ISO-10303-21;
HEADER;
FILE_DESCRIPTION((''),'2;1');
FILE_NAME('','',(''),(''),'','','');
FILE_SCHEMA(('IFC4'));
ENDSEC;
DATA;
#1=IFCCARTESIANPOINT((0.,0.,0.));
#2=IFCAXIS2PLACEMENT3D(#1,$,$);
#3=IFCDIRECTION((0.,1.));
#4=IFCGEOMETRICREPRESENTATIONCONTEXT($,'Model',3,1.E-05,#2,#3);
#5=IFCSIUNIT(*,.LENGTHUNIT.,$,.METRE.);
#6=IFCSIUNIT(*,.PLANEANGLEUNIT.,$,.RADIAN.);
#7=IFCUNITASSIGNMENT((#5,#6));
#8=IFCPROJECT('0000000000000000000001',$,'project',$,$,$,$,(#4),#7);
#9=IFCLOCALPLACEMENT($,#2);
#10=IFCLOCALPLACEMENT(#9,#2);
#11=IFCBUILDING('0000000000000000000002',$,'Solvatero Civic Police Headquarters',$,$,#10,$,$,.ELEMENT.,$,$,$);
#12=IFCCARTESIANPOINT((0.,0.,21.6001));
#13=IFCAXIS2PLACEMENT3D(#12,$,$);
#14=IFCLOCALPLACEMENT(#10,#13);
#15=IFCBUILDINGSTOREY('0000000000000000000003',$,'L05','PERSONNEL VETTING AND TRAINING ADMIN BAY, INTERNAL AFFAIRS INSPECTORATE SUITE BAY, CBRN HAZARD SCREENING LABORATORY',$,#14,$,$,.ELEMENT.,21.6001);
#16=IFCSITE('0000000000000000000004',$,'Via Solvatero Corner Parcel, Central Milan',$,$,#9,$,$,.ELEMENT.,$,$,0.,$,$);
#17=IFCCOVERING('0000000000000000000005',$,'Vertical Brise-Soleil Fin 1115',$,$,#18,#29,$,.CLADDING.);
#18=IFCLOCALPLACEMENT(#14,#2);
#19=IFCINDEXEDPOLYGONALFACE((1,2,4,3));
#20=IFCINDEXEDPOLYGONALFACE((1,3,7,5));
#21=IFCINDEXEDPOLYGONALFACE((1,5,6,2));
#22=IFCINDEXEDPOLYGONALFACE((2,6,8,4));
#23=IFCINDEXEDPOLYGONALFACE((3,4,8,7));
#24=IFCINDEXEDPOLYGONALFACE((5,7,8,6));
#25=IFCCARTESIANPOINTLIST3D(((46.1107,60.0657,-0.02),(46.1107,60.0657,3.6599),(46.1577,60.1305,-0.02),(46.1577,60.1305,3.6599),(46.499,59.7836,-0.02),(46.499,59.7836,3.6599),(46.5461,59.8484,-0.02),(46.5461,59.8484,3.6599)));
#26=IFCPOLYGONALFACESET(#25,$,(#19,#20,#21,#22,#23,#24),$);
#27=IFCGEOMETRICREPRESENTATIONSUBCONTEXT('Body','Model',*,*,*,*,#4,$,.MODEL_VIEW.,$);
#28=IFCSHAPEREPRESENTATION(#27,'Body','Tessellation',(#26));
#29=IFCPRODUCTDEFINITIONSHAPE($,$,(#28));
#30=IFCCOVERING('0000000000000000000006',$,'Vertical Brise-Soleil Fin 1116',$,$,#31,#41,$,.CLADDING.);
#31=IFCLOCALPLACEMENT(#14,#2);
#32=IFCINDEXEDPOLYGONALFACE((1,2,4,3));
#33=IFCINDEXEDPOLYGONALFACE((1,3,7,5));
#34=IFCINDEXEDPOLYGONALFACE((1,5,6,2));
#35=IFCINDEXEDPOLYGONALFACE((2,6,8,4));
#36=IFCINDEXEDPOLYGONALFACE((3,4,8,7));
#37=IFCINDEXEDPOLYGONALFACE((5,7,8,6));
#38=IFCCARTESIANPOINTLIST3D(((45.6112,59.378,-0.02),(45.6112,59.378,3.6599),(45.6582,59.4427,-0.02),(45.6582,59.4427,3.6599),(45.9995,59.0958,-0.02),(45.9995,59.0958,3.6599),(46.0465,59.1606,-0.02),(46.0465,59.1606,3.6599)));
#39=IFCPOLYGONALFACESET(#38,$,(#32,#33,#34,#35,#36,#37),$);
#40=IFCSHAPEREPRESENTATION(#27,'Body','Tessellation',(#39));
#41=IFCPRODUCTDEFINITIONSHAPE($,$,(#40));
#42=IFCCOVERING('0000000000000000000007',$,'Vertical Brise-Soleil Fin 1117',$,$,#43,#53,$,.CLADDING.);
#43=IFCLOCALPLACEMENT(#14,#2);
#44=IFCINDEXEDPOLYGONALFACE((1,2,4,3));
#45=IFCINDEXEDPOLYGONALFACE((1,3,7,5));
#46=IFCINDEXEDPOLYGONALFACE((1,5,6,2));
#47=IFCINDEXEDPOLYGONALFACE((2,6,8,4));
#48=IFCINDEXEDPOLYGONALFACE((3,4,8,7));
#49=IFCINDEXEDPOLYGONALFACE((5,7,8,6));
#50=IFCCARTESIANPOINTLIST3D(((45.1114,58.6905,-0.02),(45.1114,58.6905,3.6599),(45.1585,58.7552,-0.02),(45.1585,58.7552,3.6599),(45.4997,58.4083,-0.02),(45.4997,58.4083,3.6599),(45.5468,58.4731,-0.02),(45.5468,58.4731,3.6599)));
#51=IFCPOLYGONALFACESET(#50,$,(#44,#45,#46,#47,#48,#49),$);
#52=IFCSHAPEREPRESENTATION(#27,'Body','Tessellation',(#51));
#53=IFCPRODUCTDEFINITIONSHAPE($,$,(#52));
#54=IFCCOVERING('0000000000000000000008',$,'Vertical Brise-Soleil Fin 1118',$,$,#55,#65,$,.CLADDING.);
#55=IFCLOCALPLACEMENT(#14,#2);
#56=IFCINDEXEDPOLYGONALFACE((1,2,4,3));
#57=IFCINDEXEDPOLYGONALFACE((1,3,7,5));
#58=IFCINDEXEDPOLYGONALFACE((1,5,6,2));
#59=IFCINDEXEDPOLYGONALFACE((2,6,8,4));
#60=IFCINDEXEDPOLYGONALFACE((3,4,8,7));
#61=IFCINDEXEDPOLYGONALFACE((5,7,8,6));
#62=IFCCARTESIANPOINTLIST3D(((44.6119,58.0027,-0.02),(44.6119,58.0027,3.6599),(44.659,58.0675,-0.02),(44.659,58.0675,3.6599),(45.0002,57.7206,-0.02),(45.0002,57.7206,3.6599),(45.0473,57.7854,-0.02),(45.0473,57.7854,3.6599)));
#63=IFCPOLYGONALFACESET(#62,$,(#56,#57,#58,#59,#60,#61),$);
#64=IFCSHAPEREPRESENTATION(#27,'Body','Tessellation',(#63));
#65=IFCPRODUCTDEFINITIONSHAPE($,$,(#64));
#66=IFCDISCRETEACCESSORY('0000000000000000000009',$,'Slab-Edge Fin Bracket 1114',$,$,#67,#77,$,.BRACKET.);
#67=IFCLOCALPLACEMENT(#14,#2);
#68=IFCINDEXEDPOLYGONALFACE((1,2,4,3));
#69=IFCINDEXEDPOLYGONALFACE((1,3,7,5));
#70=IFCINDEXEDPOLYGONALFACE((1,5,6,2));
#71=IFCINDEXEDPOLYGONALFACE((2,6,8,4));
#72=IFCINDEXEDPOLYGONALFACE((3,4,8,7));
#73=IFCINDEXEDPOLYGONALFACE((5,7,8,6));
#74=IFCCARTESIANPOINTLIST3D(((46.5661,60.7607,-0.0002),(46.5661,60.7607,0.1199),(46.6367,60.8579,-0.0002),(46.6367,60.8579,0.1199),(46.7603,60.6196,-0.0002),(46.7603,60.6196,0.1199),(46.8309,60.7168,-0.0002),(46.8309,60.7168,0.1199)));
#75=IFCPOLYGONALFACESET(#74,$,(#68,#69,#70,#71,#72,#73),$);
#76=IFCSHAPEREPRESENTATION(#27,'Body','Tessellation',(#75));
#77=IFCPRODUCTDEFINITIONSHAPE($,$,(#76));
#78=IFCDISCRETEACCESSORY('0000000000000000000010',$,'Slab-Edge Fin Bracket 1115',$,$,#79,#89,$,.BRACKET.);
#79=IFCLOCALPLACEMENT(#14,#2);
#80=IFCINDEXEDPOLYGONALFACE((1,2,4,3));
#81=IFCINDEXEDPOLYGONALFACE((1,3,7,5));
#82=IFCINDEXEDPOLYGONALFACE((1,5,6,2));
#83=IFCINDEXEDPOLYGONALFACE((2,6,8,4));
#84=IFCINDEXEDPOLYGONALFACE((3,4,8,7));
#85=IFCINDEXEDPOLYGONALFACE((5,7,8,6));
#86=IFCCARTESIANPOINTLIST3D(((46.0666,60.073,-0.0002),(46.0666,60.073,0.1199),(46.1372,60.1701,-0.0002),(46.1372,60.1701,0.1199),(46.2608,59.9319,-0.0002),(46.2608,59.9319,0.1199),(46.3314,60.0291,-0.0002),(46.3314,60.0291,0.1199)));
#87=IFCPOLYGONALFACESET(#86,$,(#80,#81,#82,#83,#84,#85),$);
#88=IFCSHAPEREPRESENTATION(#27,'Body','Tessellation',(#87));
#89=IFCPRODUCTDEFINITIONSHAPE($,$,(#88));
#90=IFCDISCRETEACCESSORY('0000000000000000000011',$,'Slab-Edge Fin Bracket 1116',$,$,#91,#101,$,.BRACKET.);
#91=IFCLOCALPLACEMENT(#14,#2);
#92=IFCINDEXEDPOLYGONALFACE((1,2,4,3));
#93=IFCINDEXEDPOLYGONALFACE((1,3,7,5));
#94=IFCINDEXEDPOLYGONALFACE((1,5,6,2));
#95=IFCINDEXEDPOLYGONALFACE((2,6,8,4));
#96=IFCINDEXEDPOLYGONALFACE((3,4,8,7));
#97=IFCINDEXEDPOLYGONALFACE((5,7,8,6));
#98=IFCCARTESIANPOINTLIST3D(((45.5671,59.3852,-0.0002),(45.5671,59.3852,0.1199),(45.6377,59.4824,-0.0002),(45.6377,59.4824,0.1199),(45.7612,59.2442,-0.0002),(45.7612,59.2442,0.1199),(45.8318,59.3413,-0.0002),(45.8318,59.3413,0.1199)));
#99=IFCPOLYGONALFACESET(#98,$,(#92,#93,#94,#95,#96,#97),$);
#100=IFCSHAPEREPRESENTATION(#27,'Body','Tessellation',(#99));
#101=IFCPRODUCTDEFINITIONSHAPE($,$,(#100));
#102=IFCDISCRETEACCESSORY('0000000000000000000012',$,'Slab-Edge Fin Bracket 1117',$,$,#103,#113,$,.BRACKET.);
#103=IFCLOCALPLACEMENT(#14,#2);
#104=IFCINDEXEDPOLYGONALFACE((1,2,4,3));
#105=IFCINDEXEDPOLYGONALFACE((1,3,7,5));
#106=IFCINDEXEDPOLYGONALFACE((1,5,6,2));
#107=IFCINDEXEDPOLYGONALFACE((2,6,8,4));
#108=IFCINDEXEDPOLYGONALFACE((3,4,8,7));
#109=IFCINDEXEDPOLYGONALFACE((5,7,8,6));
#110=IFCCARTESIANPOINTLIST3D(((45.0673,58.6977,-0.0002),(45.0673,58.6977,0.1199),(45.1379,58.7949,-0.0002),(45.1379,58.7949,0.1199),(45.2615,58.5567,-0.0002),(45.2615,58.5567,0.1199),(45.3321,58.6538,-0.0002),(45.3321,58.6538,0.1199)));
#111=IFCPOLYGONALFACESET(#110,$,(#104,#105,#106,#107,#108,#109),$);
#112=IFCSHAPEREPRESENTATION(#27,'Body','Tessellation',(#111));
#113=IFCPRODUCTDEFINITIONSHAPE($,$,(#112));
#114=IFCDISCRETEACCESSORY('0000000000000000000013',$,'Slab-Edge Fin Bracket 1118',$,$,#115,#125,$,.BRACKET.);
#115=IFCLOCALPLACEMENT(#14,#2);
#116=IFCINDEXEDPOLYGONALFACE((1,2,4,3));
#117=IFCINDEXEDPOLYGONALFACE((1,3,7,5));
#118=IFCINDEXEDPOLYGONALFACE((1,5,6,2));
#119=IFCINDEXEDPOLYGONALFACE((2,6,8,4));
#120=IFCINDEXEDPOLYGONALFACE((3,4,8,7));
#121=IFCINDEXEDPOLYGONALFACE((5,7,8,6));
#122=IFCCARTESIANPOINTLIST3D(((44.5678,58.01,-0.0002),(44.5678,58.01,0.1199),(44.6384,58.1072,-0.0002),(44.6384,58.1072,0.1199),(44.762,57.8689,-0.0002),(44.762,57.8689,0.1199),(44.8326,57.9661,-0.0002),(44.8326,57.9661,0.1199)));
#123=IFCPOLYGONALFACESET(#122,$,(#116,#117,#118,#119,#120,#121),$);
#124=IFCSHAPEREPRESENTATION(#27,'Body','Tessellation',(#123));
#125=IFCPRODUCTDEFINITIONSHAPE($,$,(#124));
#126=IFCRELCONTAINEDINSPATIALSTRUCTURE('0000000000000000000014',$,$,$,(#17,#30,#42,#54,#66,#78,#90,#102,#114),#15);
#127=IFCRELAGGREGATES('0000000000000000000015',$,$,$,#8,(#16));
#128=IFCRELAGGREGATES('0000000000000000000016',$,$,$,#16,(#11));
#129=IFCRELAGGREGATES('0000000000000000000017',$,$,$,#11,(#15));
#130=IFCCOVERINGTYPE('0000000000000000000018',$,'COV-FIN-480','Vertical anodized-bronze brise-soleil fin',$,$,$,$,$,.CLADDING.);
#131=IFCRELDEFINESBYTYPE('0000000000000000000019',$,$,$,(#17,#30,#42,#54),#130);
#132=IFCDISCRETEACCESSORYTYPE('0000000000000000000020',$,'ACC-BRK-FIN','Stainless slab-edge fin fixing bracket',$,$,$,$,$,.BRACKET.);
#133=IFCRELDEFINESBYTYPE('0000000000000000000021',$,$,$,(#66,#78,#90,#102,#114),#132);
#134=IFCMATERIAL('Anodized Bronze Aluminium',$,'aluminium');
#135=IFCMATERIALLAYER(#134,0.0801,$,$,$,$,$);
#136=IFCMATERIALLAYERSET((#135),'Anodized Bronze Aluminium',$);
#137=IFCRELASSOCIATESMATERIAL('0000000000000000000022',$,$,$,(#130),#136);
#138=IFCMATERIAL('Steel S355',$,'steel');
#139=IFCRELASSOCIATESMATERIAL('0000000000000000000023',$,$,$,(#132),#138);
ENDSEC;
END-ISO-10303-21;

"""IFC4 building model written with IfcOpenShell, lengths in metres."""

from ifc_helpers import new_model, si_unit, direction, frame, origin, origin_2d, place, context, subcontext, project, spatial, rectangle, extrude, material, layer, layer_set, type_object, element, save


model = new_model("IFC4")

# Units and contexts
model_context = context("Model", 3, precision=1e-05, world=origin(), true_north=direction((0.0, 1.0)))
body_context = subcontext(model_context, "Body", "Model", "MODEL_VIEW")
ifc_project = project(units=[si_unit("LENGTHUNIT", "METRE"), si_unit("PLANEANGLEUNIT", "RADIAN")], contexts=[model_context])

# Site, building, storey
site_placement = place(None, origin())
site = spatial("IfcSite", under=ifc_project, at=site_placement, Name="Via Solvatero Corner Parcel, Central Milan", CompositionType="ELEMENT", RefElevation=0.0)
building_placement = place(site_placement, origin())
building = spatial("IfcBuilding", under=site, at=building_placement, Name="Solvatero Civic Police Headquarters", CompositionType="ELEMENT")
storey_placement = place(building_placement, frame((0.0, 0.0, 21.6001)))
storey = spatial("IfcBuildingStorey", under=building, at=storey_placement, Name="L05", Description="PERSONNEL VETTING AND TRAINING ADMIN BAY, INTERNAL AFFAIRS INSPECTORATE SUITE BAY, CBRN HAZARD SCREENING LABORATORY", CompositionType="ELEMENT", Elevation=21.6001)

# Shared definitions
ifc_material_1 = material(Name="Steel S355", Category="steel")

# Shared definitions
ifc_material_2 = material(Name="Anodized Bronze Aluminium", Category="aluminium")

# Coverings
ifc_layer_1 = layer(ifc_material_2, 0.0801)
ifc_layer_set_1 = layer_set([ifc_layer_1], Name="Anodized Bronze Aluminium")
covering_type = type_object("IfcCoveringType", Name="COV-FIN-480", Description="Vertical anodized-bronze brise-soleil fin", PredefinedType="CLADDING", material=ifc_layer_set_1)
for number, where, z_axis, x_axis, name in (
    (1, (46.3284, 59.957, -0.02), (0.0, 0.0, 1.0), (-0.587785, -0.809017, 0.0), "Vertical Brise-Soleil Fin 1115"),
    (2, (45.8289, 59.2693, -0.02), (0.0, 0.0, 1.0), (-0.587785, -0.809017, 0.0), "Vertical Brise-Soleil Fin 1116"),
    (3, (45.3291, 58.5818, -0.02), (0.0, 0.0, 1.0), (-0.587785, -0.809017, 0.0), "Vertical Brise-Soleil Fin 1117"),
    (4, (44.8296, 57.894, -0.02), (0.0, 0.0, 1.0), (-0.587785, -0.809017, 0.0), "Vertical Brise-Soleil Fin 1118"),
):
    element("IfcCovering", number, at=place(storey_placement, frame(where, z_axis=z_axis, x_axis=x_axis)), inside=storey, type_object=covering_type, Name=name, PredefinedType="CLADDING", context=body_context, shape_type="SweptSolid", body=[
        extrude(rectangle(XDim=0.0801, YDim=0.48, at=origin_2d()), origin(), (0.0, 0.0, 1.0), 3.6799),
    ])

# Discrete accessories
discrete_accessory_type = type_object("IfcDiscreteAccessoryType", Name="ACC-BRK-FIN", Description="Stainless slab-edge fin fixing bracket", PredefinedType="BRACKET", material=ifc_material_1)
for number, where, z_axis, x_axis, name in (
    (5, (46.6985, 60.7388, -0.0002), (0.0, 0.0, 1.0), (-0.587785, -0.809017, 0.0), "Slab-Edge Fin Bracket 1114"),
    (6, (46.199, 60.051, -0.0002), (0.0, 0.0, 1.0), (-0.587785, -0.809017, 0.0), "Slab-Edge Fin Bracket 1115"),
    (7, (45.6995, 59.3633, -0.0002), (0.0, 0.0, 1.0), (-0.587785, -0.809017, 0.0), "Slab-Edge Fin Bracket 1116"),
    (8, (45.1997, 58.6758, -0.0002), (0.0, 0.0, 1.0), (-0.587785, -0.809017, 0.0), "Slab-Edge Fin Bracket 1117"),
    (9, (44.7002, 57.988, -0.0002), (0.0, 0.0, 1.0), (-0.587785, -0.809017, 0.0), "Slab-Edge Fin Bracket 1118"),
):
    element("IfcDiscreteAccessory", number, at=place(storey_placement, frame(where, z_axis=z_axis, x_axis=x_axis)), inside=storey, type_object=discrete_accessory_type, Name=name, PredefinedType="BRACKET", context=body_context, shape_type="SweptSolid", body=[
        extrude(rectangle(XDim=0.1201, YDim=0.24, at=origin_2d()), origin(), (0.0, 0.0, 1.0), 0.1201),
    ])

save(model, "model.ifc")
